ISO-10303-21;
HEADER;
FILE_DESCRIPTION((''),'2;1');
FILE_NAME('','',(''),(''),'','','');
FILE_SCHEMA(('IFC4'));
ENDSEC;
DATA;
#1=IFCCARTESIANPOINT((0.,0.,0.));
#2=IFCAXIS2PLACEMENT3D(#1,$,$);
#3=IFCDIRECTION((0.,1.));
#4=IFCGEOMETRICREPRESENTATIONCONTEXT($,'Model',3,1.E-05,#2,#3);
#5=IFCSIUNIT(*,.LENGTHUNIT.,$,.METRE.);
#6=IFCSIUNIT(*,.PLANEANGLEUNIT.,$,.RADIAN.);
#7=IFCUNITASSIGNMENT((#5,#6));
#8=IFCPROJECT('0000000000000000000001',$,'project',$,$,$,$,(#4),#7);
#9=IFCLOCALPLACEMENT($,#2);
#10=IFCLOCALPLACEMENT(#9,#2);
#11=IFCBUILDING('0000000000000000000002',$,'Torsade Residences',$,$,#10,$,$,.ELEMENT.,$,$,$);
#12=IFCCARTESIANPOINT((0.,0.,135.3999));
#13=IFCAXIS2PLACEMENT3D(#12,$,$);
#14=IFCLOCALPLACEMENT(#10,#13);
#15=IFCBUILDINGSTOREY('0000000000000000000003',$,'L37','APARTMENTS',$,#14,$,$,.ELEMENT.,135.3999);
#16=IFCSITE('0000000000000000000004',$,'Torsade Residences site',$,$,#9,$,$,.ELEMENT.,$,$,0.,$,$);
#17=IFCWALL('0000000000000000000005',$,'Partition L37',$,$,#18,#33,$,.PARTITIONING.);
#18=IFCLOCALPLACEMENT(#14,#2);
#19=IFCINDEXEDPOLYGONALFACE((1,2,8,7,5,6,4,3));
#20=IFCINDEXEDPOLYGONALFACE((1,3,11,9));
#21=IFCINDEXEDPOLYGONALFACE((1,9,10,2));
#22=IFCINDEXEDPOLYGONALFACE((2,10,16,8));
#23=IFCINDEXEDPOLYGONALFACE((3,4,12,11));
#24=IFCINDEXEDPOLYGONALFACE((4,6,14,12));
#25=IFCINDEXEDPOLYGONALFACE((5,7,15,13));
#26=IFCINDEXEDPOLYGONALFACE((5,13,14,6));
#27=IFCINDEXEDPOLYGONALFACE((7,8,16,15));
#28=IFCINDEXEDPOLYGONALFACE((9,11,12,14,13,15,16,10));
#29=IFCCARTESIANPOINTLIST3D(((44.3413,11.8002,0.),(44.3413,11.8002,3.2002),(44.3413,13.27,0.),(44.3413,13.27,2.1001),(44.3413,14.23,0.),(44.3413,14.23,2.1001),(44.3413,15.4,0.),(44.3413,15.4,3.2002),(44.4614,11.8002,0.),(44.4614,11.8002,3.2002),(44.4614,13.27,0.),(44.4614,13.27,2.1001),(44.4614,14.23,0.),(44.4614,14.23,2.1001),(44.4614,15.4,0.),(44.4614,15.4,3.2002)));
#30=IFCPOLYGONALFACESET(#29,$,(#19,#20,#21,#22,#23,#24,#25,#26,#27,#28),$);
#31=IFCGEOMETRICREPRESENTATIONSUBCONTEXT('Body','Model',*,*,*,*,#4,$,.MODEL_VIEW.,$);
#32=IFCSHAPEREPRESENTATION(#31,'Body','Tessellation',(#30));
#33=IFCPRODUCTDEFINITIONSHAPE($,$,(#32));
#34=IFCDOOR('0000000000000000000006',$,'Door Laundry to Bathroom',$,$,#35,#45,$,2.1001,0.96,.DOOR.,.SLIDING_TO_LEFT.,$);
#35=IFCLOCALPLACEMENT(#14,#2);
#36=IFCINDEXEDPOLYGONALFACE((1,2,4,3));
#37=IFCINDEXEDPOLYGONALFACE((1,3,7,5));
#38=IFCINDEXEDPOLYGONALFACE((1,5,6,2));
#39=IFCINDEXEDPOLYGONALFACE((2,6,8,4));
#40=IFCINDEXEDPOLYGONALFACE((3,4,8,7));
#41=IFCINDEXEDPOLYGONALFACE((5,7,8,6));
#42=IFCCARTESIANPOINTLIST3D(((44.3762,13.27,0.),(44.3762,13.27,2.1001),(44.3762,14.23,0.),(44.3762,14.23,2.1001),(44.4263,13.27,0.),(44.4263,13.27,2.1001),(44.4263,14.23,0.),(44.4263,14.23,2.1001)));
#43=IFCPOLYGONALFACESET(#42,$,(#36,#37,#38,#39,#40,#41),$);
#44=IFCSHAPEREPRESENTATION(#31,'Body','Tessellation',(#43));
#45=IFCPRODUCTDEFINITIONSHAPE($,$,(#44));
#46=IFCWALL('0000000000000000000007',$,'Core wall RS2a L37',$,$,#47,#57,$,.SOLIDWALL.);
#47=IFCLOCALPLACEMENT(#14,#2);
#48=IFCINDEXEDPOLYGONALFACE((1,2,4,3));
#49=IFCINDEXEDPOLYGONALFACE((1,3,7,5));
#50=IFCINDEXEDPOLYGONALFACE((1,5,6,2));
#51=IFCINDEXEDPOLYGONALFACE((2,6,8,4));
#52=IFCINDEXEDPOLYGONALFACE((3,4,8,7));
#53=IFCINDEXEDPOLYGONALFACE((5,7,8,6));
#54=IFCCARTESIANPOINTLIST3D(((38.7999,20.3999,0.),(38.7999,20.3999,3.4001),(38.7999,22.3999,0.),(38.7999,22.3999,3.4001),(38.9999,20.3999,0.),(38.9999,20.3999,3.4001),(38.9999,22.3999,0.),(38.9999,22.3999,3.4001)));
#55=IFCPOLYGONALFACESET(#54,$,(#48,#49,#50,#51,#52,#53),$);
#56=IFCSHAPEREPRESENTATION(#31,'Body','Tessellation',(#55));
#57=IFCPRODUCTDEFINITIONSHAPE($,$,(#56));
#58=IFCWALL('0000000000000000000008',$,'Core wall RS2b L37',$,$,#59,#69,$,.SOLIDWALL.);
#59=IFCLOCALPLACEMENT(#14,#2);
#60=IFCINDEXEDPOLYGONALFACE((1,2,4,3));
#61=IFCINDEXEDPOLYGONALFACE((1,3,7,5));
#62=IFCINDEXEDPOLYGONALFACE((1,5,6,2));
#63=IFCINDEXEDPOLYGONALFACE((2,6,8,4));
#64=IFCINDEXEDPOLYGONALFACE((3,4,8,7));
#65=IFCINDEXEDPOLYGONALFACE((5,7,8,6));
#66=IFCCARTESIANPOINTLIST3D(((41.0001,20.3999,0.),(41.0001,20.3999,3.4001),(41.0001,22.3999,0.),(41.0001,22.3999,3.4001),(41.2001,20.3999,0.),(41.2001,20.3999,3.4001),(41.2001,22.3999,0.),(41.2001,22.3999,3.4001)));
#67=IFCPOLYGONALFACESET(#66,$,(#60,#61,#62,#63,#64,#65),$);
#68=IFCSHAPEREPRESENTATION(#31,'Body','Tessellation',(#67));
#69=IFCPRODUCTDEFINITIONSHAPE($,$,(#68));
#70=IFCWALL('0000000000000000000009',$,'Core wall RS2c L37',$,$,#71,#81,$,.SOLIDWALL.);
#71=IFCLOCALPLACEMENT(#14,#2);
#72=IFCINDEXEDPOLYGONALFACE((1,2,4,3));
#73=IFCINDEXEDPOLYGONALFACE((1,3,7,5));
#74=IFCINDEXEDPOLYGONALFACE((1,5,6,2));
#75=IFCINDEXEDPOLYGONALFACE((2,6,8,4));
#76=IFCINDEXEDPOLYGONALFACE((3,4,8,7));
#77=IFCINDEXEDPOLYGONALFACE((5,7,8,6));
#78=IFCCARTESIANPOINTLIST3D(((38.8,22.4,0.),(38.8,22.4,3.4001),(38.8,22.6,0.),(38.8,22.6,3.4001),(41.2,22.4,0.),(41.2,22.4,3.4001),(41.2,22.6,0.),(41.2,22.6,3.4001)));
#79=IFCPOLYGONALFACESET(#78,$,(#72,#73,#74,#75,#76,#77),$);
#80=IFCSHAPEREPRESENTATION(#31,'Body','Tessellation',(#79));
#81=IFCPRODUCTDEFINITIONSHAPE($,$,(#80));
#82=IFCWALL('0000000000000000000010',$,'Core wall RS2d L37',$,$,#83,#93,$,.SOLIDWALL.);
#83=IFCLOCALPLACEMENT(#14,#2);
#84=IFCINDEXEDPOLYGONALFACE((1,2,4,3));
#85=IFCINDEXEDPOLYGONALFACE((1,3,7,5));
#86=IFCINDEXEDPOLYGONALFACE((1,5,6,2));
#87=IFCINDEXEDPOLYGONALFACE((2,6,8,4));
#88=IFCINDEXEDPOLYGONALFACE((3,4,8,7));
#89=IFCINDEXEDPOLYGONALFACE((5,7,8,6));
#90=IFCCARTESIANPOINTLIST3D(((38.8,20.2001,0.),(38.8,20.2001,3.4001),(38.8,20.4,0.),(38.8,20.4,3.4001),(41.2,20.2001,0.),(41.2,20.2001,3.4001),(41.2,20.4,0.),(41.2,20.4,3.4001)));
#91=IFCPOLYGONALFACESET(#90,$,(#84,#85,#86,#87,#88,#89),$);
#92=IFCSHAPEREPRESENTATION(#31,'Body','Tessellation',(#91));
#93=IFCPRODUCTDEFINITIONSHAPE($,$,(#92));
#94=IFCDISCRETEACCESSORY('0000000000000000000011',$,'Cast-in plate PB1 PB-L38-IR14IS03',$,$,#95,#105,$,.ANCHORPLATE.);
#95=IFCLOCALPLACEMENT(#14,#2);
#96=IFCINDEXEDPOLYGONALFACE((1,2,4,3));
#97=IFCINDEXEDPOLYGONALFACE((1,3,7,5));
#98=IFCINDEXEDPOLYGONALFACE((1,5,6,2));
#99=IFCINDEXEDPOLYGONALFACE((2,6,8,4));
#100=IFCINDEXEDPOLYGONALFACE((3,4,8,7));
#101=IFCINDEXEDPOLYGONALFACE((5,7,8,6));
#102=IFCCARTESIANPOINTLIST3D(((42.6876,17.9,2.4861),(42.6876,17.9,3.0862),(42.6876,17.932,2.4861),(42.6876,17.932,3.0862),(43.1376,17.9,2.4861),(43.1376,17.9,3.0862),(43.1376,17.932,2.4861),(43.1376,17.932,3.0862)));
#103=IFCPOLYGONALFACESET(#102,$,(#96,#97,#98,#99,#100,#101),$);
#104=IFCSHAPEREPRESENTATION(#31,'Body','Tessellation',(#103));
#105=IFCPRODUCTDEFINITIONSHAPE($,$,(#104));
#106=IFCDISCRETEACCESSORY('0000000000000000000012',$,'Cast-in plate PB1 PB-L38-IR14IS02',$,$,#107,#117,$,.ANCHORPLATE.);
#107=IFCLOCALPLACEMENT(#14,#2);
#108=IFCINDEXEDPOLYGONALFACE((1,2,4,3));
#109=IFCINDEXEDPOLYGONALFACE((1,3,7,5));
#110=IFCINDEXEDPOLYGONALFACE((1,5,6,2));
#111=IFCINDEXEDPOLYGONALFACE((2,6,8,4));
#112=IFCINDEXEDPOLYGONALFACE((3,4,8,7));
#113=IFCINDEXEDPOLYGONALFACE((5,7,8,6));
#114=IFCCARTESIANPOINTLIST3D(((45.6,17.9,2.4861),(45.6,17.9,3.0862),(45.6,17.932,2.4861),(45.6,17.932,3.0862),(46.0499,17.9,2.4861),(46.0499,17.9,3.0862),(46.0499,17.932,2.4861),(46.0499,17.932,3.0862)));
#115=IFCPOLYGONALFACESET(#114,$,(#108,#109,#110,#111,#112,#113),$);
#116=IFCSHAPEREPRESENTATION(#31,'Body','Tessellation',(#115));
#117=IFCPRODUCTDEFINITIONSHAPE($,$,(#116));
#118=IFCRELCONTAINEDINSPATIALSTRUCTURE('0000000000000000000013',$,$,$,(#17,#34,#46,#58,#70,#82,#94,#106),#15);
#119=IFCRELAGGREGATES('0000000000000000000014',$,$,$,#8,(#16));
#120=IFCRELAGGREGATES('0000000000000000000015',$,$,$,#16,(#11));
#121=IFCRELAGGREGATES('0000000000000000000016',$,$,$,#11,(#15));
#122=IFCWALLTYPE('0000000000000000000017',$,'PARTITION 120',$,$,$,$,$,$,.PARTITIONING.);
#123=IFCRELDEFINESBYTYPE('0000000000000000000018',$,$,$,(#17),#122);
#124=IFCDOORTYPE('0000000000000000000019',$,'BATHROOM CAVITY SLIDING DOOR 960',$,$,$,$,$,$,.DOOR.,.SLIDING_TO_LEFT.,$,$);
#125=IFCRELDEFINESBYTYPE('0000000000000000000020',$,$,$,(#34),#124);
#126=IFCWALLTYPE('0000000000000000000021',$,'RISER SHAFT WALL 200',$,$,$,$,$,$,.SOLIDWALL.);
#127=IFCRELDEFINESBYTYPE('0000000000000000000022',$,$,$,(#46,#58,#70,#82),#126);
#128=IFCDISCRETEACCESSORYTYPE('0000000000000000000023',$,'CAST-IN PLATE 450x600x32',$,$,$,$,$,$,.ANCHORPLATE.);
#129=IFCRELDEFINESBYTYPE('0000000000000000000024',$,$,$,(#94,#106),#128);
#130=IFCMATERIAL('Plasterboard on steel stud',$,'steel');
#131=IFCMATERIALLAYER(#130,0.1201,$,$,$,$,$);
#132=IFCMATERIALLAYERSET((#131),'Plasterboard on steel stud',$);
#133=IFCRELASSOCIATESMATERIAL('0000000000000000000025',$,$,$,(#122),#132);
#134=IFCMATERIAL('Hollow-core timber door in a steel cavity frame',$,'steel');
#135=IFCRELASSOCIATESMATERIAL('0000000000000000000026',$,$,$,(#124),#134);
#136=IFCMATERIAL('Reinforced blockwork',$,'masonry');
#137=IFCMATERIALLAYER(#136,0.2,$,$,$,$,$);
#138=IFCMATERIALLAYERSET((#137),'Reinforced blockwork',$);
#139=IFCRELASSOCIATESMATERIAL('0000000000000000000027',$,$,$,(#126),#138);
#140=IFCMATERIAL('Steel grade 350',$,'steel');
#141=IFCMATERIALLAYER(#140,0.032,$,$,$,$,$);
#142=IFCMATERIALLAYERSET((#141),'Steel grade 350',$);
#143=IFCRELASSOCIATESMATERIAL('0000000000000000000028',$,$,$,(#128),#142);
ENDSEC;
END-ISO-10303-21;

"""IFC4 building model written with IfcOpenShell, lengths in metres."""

from ifc_helpers import new_model, si_unit, direction, frame, frame_2d, origin, origin_2d, place, context, subcontext, project, spatial, rectangle, extrude, material, layer, layer_set, type_object, element, fill, save


model = new_model("IFC4")

# Units and contexts
model_context = context("Model", 3, precision=1e-05, world=origin(), true_north=direction((0.0, 1.0)))
body_context = subcontext(model_context, "Body", "Model", "MODEL_VIEW")
ifc_project = project(units=[si_unit("LENGTHUNIT", "METRE"), si_unit("PLANEANGLEUNIT", "RADIAN")], contexts=[model_context])

# Site, building, storey
site_placement = place(None, origin())
site = spatial("IfcSite", under=ifc_project, at=site_placement, Name="Torsade Residences site", CompositionType="ELEMENT", RefElevation=0.0)
building_placement = place(site_placement, origin())
building = spatial("IfcBuilding", under=site, at=building_placement, Name="Torsade Residences", CompositionType="ELEMENT")
storey_placement = place(building_placement, frame((0.0, 0.0, 135.3999)))
storey = spatial("IfcBuildingStorey", under=building, at=storey_placement, Name="L37", Description="APARTMENTS", CompositionType="ELEMENT", Elevation=135.3999)

# Wall, opening, door
ifc_material_1 = material(Name="Plasterboard on steel stud", Category="steel")
ifc_layer_1 = layer(ifc_material_1, 0.1201)
ifc_layer_set_1 = layer_set([ifc_layer_1], Name="Plasterboard on steel stud")
wall_type_1 = type_object("IfcWallType", Name="PARTITION 120", PredefinedType="PARTITIONING", material=ifc_layer_set_1)
wall_1_placement = place(storey_placement, frame((44.4014, 15.3999, 0.0), z_axis=(0.0, 0.0, 1.0), x_axis=(0.0, -1.0, 0.0)))
wall_1 = element("IfcWall", 1, at=wall_1_placement, inside=storey, type_object=wall_type_1, Name="Partition L37", PredefinedType="PARTITIONING", context=body_context, shape_type="SweptSolid", body=[
    extrude(rectangle(XDim=3.5999, YDim=0.1201, at=frame_2d((1.7998, 0.0))), origin(), (0.0, 0.0, 1.0), 3.2002),
])
opening_placement = place(wall_1_placement, frame((1.1699, 0.0, 0.0)))
opening = element("IfcOpeningElement", 2, at=opening_placement, cuts=wall_1, PredefinedType="OPENING", context=body_context, shape_type="SweptSolid", body=[
    extrude(rectangle(XDim=0.96, YDim=2.1001, at=frame_2d((0.48, 1.05))), frame((0.0, 0.0701, 0.0), z_axis=(0.0, -1.0, 0.0), x_axis=(1.0, 0.0, 0.0)), (0.0, 0.0, 1.0), 0.1401),
])
ifc_material_2 = material(Name="Hollow-core timber door in a steel cavity frame", Category="steel")
door_type = type_object("IfcDoorType", Name="BATHROOM CAVITY SLIDING DOOR 960", OperationType="SLIDING_TO_LEFT", PredefinedType="DOOR", material=ifc_material_2)
door_placement = place(opening_placement, origin())
door = element("IfcDoor", 3, at=door_placement, inside=storey, type_object=door_type, Name="Door Laundry to Bathroom", OperationType="SLIDING_TO_LEFT", OverallHeight=2.1001, OverallWidth=0.96, PredefinedType="DOOR", context=body_context, shape_type="SweptSolid", body=[
    extrude(rectangle(XDim=0.96, YDim=2.1001, at=frame_2d((0.48, 1.05))), frame((0.0, 0.0249, 0.0), z_axis=(0.0, -1.0, 0.0), x_axis=(1.0, 0.0, 0.0)), (0.0, 0.0, 1.0), 0.05),
])
fill(opening, door)

# Walls
ifc_material_3 = material(Name="Reinforced blockwork", Category="masonry")
ifc_layer_2 = layer(ifc_material_3, 0.2)
ifc_layer_set_2 = layer_set([ifc_layer_2], Name="Reinforced blockwork")
wall_type_2 = type_object("IfcWallType", Name="RISER SHAFT WALL 200", PredefinedType="SOLIDWALL", material=ifc_layer_set_2)
for number, where, z_axis, x_axis, name in (
    (4, (38.8999, 22.3999, 0.0), (0.0, 0.0, 1.0), (0.0, -1.0, 0.0), "Core wall RS2a L37"),
    (5, (41.1001, 22.3999, 0.0), (0.0, 0.0, 1.0), (0.0, -1.0, 0.0), "Core wall RS2b L37"),
):
    element("IfcWall", number, at=place(storey_placement, frame(where, z_axis=z_axis, x_axis=x_axis)), inside=storey, type_object=wall_type_2, Name=name, PredefinedType="SOLIDWALL", context=body_context, shape_type="SweptSolid", body=[
        extrude(rectangle(XDim=2.0, YDim=0.2, at=frame_2d((1.0, 0.0))), origin(), (0.0, 0.0, 1.0), 3.4001),
    ])
for number, where, z_axis, x_axis, name in (
    (6, (38.8, 22.5, 0.0), (0.0, 0.0, 1.0), (1.0, 0.0, 0.0), "Core wall RS2c L37"),
    (7, (38.8, 20.3, 0.0), (0.0, 0.0, 1.0), (1.0, 0.0, 0.0), "Core wall RS2d L37"),
):
    element("IfcWall", number, at=place(storey_placement, frame(where, z_axis=z_axis, x_axis=x_axis)), inside=storey, type_object=wall_type_2, Name=name, PredefinedType="SOLIDWALL", context=body_context, shape_type="SweptSolid", body=[
        extrude(rectangle(XDim=2.3999, YDim=0.2, at=frame_2d((1.2, 0.0))), origin(), (0.0, 0.0, 1.0), 3.4001),
    ])

# Discrete accessories
ifc_material_4 = material(Name="Steel grade 350", Category="steel")
ifc_layer_3 = layer(ifc_material_4, 0.032)
ifc_layer_set_3 = layer_set([ifc_layer_3], Name="Steel grade 350")
discrete_accessory_type = type_object("IfcDiscreteAccessoryType", Name="CAST-IN PLATE 450x600x32", PredefinedType="ANCHORPLATE", material=ifc_layer_set_3)
for number, where, z_axis, x_axis, name in (
    (8, (42.9126, 17.916, 2.4861), (0.0, 0.0, 1.0), (1.0, 0.0, 0.0), "Cast-in plate PB1 PB-L38-IR14IS03"),
    (9, (45.825, 17.916, 2.4861), (0.0, 0.0, 1.0), (1.0, 0.0, 0.0), "Cast-in plate PB1 PB-L38-IR14IS02"),
):
    element("IfcDiscreteAccessory", number, at=place(storey_placement, frame(where, z_axis=z_axis, x_axis=x_axis)), inside=storey, type_object=discrete_accessory_type, Name=name, PredefinedType="ANCHORPLATE", context=body_context, shape_type="SweptSolid", body=[
        extrude(rectangle(XDim=0.45, YDim=0.032, at=origin_2d()), origin(), (0.0, 0.0, 1.0), 0.6001),
    ])

save(model, "model.ifc")
